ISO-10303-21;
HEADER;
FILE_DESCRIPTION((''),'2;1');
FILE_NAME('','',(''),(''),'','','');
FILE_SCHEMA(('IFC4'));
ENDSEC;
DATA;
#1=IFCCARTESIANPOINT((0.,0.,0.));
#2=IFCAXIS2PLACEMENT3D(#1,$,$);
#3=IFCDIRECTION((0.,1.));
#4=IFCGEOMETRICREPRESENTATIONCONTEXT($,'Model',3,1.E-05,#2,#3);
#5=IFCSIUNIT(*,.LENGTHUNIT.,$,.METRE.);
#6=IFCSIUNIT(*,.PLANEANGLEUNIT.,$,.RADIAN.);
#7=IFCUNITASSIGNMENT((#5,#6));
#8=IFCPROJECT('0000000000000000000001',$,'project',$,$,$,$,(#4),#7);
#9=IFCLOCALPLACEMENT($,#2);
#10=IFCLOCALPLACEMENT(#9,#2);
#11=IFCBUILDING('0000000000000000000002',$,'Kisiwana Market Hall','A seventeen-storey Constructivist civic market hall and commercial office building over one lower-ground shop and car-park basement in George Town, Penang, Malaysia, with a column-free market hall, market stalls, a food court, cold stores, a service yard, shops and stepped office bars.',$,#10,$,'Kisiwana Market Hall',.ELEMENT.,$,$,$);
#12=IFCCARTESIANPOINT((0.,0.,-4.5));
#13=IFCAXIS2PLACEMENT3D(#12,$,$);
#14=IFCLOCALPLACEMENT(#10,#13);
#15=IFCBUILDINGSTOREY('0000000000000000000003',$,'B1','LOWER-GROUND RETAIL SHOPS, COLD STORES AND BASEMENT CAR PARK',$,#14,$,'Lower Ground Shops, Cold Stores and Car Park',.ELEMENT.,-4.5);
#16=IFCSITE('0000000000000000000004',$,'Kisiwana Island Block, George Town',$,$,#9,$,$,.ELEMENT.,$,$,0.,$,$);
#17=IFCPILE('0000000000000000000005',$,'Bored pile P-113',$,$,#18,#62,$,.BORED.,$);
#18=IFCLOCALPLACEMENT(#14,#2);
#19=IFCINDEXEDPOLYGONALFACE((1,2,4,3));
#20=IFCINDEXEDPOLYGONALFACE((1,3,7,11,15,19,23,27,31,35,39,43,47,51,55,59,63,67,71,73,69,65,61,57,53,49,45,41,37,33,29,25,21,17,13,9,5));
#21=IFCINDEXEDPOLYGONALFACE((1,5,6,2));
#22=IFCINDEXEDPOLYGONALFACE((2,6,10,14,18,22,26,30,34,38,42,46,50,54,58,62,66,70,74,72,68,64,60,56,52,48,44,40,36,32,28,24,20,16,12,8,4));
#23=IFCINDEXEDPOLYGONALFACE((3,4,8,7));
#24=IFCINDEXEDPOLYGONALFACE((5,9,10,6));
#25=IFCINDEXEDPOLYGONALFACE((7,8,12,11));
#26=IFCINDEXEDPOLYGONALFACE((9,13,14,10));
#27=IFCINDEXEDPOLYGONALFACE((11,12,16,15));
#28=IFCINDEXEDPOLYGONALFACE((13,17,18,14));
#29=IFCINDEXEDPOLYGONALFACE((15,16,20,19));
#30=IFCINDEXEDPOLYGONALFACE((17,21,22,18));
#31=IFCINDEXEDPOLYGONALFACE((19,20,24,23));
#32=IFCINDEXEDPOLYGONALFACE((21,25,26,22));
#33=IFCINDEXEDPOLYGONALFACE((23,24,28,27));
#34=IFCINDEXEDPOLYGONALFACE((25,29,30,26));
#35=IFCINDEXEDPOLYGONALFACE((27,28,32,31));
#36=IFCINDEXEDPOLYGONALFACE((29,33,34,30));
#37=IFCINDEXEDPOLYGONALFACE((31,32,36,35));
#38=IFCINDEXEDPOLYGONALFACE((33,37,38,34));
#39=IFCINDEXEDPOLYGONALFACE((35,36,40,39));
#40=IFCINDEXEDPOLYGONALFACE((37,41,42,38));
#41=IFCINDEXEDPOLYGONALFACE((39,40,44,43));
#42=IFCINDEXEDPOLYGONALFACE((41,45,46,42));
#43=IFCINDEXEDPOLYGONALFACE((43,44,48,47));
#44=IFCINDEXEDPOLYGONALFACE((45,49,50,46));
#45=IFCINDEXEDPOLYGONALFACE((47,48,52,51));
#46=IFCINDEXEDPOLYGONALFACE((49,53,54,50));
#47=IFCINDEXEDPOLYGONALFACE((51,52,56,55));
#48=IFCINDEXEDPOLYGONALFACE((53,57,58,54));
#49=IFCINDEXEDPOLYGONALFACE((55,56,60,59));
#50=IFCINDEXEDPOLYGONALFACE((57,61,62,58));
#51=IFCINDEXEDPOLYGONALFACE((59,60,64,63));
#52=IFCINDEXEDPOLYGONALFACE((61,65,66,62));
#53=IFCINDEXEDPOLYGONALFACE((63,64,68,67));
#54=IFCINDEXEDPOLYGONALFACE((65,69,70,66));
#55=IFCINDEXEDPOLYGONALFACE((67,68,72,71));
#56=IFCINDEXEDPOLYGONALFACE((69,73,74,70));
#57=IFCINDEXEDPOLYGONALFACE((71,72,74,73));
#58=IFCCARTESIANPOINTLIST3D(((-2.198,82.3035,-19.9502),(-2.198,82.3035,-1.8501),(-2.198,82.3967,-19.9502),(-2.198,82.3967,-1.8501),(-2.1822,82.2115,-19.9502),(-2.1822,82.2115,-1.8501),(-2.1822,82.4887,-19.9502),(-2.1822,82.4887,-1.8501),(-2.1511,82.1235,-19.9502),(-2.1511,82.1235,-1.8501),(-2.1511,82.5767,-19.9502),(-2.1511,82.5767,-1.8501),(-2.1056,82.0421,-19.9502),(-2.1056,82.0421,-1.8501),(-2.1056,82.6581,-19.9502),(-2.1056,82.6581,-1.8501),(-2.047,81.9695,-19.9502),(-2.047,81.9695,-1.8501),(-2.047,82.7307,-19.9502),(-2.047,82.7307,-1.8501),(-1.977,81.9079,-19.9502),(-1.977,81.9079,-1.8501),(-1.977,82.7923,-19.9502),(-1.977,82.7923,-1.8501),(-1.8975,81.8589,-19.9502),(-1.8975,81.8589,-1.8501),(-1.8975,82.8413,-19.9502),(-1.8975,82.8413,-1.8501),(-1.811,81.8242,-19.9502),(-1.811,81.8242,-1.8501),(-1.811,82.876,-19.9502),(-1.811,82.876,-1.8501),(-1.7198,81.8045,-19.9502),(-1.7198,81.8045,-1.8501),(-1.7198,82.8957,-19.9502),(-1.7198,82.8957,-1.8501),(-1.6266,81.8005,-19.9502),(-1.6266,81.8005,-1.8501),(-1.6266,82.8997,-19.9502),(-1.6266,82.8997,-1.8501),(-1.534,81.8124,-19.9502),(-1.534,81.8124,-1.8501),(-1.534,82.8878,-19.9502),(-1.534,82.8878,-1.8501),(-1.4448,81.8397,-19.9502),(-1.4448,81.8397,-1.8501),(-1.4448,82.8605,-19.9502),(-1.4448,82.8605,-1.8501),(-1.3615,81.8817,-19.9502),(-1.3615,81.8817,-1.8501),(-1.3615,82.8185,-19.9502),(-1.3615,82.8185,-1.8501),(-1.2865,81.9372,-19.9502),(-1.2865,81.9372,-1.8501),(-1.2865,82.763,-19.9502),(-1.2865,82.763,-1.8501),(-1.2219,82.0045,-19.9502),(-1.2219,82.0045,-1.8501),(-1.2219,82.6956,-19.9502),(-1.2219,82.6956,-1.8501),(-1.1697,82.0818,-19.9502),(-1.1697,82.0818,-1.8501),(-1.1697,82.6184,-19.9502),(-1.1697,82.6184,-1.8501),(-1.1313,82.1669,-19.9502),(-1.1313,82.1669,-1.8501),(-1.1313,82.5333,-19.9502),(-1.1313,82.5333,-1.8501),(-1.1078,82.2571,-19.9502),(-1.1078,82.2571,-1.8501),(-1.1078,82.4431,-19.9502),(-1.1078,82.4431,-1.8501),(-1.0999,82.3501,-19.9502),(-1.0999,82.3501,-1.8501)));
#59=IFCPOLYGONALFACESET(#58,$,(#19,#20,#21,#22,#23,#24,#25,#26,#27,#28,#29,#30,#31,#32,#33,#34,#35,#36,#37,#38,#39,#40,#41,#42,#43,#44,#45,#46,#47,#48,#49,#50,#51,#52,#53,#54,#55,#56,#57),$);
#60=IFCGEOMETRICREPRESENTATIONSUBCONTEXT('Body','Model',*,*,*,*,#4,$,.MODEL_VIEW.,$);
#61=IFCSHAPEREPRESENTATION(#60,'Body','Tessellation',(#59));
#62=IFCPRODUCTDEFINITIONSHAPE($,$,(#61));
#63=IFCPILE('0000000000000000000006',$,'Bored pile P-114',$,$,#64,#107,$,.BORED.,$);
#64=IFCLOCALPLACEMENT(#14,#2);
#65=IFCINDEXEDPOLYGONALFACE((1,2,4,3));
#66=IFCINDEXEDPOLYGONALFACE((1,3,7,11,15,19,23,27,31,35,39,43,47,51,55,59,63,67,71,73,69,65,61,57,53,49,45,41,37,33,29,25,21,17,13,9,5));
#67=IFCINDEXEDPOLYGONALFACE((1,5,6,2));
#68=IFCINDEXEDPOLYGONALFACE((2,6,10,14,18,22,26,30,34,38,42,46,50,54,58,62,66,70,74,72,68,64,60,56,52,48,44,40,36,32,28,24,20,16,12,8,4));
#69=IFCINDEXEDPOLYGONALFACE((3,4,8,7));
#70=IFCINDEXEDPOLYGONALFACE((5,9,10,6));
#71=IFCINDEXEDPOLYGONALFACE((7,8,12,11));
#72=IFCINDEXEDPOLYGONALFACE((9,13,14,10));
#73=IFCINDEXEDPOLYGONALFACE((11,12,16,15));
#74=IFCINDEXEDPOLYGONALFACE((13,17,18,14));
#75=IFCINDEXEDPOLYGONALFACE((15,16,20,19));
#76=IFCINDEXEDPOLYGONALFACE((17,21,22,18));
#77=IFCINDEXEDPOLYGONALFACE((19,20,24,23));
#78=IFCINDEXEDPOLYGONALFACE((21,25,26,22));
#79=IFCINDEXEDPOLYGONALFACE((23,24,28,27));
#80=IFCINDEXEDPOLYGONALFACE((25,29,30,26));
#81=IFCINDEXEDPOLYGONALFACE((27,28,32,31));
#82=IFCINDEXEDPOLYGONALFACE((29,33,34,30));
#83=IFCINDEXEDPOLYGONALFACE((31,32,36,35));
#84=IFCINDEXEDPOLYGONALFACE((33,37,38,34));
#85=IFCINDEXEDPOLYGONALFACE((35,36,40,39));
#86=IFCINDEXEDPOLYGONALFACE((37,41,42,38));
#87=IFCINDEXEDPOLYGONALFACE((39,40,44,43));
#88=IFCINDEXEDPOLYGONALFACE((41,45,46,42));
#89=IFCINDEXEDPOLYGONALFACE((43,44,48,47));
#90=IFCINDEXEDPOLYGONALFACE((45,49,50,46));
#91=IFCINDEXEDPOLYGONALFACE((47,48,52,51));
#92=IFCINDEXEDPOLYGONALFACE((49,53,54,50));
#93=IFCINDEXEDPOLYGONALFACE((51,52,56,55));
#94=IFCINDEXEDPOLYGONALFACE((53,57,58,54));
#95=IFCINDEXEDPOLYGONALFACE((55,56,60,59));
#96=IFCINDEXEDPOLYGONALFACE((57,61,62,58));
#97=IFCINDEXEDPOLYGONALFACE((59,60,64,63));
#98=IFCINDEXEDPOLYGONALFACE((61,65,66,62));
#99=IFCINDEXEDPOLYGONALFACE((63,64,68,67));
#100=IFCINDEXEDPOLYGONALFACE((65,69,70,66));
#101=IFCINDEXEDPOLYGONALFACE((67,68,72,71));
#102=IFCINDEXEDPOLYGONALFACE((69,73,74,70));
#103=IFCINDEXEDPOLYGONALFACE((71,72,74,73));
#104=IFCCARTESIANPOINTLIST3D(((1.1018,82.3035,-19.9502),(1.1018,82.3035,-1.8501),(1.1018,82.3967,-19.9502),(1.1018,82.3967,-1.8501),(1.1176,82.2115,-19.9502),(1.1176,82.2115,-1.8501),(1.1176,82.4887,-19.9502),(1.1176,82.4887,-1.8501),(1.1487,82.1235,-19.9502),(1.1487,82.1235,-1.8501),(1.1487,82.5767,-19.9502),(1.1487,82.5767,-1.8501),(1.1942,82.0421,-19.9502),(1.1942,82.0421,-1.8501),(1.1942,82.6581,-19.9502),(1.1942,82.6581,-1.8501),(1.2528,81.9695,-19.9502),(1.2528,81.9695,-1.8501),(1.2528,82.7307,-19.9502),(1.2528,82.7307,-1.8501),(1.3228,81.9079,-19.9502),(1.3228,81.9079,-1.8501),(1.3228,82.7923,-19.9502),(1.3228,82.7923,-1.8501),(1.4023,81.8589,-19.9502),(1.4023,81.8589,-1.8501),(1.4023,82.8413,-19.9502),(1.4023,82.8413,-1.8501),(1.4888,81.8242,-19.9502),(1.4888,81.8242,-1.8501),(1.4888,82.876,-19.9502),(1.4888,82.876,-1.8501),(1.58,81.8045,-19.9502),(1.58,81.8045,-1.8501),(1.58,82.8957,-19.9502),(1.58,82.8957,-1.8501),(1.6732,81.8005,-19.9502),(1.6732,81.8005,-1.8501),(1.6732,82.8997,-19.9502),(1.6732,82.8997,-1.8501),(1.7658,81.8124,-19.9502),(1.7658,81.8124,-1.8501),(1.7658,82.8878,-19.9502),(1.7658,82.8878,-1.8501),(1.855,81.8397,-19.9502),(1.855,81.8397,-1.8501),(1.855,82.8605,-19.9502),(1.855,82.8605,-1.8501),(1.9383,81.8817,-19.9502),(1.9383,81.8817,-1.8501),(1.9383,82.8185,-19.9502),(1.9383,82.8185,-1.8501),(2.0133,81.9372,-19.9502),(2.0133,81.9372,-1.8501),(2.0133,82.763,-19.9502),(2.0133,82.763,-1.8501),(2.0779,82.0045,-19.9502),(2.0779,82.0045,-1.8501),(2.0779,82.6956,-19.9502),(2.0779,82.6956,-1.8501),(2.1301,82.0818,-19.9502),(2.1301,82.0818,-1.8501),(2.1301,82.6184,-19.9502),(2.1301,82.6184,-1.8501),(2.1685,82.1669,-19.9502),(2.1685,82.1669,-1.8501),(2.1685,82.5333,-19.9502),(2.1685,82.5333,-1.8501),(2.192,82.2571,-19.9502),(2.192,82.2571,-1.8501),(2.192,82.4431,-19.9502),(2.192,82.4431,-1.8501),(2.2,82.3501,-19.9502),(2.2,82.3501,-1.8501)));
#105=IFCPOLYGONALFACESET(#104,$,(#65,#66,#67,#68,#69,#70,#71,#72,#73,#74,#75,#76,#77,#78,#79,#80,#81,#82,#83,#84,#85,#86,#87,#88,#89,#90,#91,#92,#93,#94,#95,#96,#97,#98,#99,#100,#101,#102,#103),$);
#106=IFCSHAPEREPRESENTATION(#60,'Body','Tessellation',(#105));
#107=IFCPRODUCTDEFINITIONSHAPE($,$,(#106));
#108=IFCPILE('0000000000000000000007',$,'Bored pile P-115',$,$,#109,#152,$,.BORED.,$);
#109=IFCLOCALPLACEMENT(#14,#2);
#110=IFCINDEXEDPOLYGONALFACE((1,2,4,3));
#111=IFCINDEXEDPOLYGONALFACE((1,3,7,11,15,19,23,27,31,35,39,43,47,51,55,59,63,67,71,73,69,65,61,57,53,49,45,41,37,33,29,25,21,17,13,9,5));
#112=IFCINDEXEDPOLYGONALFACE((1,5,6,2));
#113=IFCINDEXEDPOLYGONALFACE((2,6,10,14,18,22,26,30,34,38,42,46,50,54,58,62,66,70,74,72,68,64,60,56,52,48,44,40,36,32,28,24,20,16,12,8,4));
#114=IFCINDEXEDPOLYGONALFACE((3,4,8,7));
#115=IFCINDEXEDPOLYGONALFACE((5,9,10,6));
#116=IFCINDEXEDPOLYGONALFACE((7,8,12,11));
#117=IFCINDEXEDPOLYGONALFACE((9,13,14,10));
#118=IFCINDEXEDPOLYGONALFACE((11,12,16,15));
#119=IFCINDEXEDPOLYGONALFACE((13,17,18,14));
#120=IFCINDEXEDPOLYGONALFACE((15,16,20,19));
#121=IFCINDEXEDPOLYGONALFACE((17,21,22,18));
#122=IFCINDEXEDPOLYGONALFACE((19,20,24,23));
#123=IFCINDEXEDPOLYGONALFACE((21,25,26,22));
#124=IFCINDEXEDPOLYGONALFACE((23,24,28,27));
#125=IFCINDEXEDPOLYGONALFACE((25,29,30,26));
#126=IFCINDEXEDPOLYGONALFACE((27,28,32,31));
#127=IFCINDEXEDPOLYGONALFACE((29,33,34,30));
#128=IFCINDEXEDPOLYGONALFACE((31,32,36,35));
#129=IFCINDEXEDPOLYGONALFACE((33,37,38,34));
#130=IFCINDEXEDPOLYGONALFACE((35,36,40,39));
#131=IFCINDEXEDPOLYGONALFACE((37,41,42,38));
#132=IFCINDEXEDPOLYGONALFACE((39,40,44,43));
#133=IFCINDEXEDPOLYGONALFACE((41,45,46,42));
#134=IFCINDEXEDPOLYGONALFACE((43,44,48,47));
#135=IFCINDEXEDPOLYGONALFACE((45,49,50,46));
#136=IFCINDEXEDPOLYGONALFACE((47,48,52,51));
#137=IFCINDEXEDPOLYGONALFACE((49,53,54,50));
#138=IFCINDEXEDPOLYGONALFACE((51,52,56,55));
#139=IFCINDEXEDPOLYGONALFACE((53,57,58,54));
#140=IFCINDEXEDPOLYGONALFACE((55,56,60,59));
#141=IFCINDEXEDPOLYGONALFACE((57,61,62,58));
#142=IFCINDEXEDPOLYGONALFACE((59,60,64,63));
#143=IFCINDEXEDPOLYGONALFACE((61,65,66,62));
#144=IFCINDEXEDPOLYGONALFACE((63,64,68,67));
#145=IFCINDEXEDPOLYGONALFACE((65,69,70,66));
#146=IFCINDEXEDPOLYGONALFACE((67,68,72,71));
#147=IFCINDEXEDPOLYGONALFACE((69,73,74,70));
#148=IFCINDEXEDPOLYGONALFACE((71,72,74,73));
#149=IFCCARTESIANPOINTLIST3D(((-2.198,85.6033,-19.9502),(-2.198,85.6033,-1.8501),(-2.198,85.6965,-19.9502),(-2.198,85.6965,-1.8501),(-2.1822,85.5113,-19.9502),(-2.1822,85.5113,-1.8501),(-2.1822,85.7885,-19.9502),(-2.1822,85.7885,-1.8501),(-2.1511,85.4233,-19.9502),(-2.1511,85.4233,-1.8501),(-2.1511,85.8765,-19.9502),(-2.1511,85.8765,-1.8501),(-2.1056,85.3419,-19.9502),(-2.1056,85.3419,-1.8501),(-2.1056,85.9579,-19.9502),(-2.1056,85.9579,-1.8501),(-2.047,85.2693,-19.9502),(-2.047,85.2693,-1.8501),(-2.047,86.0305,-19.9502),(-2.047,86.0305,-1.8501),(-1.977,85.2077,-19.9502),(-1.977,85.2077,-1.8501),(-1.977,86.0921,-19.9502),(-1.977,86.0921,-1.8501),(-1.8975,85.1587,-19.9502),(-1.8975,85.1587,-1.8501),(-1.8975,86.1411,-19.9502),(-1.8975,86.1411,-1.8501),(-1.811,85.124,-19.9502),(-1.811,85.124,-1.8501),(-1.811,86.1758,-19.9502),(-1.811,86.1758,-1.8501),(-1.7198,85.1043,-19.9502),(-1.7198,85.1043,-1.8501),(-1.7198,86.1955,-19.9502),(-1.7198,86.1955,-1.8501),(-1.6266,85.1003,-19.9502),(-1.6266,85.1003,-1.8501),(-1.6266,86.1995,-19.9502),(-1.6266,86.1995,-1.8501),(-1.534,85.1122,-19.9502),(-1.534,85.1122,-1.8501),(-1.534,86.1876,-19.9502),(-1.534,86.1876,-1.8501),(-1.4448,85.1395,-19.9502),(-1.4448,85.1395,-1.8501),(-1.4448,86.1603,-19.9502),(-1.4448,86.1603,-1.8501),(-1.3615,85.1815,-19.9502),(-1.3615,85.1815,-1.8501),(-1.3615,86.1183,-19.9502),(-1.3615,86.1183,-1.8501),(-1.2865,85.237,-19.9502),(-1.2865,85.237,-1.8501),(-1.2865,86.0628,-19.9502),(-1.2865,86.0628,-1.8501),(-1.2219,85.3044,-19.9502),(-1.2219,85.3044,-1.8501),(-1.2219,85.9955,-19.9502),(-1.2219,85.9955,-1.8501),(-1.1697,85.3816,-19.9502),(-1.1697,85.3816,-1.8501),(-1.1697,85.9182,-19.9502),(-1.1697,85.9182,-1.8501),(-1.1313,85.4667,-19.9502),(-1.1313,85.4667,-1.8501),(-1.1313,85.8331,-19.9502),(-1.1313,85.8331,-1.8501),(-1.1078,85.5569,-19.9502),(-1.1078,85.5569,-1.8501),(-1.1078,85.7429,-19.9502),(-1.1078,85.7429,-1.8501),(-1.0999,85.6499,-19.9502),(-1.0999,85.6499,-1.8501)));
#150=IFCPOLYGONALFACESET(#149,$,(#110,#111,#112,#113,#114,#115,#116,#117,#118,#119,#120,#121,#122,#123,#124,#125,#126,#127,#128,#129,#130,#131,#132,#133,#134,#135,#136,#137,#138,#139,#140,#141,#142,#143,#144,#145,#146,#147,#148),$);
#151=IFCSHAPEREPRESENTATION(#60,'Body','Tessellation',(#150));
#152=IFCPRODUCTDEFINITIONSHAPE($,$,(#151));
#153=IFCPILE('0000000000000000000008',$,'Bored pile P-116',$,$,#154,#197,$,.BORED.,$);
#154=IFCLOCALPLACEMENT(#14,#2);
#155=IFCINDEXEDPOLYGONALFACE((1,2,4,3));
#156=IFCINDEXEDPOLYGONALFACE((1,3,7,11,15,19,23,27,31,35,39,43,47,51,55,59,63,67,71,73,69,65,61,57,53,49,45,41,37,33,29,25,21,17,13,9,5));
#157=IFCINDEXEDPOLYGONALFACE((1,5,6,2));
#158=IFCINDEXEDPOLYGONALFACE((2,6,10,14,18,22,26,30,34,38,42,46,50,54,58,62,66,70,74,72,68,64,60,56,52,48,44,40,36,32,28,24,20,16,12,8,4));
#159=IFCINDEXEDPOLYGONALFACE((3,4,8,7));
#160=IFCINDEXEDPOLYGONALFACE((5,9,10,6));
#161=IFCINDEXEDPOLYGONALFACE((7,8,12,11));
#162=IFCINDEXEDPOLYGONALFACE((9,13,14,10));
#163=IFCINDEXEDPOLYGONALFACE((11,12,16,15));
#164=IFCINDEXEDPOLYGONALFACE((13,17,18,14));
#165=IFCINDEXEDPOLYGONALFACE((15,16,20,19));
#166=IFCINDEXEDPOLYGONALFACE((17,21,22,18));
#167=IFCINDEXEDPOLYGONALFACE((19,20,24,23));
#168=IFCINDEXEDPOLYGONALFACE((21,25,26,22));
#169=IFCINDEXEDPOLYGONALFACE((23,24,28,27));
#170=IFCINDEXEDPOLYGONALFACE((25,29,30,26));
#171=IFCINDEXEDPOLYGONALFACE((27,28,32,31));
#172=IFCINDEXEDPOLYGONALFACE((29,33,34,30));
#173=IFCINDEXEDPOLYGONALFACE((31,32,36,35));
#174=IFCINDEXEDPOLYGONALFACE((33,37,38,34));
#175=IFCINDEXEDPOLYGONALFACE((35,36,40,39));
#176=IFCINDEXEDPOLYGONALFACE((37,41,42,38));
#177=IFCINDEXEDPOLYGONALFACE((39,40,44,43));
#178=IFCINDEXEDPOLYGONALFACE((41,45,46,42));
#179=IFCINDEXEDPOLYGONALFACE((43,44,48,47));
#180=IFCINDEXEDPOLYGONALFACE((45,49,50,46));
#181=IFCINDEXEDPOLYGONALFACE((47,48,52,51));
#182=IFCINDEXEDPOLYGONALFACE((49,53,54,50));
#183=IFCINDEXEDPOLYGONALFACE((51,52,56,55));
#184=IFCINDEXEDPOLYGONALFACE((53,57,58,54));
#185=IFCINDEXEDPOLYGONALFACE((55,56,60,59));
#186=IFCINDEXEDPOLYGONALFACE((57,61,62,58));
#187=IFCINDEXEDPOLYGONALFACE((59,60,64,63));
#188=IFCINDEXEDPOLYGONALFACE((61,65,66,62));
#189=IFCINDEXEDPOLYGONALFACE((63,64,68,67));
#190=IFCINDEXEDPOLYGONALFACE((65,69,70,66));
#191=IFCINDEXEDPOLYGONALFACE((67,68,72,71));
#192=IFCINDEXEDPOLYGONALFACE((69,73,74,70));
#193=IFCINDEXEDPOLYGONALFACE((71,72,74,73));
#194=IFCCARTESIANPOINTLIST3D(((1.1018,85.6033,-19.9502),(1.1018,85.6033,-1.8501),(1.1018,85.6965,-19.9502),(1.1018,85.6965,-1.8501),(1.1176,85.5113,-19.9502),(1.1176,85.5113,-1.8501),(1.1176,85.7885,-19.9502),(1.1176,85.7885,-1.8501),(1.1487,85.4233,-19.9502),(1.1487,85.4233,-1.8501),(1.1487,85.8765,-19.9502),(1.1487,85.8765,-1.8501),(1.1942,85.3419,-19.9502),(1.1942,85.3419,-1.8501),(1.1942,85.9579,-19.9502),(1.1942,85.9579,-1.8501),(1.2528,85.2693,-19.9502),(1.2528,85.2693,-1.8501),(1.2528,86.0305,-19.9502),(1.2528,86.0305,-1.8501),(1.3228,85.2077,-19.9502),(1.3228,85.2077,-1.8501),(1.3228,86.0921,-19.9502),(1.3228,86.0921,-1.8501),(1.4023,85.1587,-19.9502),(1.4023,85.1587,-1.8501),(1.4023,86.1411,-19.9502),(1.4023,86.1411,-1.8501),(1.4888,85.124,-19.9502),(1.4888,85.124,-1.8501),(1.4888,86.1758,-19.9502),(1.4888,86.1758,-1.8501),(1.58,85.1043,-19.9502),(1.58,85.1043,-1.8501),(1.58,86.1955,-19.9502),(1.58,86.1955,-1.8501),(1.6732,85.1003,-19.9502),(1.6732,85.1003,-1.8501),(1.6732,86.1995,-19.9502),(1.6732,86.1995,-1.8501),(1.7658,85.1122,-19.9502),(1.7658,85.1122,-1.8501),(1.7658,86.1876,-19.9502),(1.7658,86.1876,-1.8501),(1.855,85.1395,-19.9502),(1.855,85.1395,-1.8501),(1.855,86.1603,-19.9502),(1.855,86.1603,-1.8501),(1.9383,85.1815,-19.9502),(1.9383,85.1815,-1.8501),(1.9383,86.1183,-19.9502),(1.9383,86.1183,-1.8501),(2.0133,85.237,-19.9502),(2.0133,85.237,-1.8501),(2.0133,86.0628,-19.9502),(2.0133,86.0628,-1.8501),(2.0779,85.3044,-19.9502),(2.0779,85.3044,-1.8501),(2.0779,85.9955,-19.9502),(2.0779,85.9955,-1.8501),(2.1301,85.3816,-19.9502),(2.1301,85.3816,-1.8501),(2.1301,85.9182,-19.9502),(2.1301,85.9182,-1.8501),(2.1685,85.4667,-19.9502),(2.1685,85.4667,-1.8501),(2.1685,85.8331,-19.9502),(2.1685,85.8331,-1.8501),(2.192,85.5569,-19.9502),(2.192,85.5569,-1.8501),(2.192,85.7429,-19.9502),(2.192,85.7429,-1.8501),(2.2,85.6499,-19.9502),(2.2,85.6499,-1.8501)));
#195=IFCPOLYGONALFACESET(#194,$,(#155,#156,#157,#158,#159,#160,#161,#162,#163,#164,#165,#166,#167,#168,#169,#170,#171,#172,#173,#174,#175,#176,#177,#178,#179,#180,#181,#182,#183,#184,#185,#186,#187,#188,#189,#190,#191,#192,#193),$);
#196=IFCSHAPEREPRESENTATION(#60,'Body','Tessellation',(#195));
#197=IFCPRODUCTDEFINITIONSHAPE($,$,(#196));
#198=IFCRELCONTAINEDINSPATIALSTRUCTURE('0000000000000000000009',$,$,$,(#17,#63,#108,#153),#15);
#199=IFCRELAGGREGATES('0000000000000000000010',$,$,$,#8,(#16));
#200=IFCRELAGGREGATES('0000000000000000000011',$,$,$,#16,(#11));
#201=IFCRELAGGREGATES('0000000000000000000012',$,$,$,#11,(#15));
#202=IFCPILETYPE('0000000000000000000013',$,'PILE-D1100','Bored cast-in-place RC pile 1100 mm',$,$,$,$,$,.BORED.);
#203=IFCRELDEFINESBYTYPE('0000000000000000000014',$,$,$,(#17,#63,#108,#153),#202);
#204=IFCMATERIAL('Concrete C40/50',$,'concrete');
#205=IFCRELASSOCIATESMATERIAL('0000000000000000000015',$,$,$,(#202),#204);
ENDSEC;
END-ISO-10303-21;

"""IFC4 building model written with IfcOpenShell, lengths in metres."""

from ifc_helpers import new_model, si_unit, direction, frame, origin, origin_2d, place, context, subcontext, project, spatial, circle, extrude, material, material_profile, profile_set, type_object, element, save


model = new_model("IFC4")

# Units and contexts
model_context = context("Model", 3, precision=1e-05, world=origin(), true_north=direction((0.0, 1.0)))
body_context = subcontext(model_context, "Body", "Model", "MODEL_VIEW")
ifc_project = project(units=[si_unit("LENGTHUNIT", "METRE"), si_unit("PLANEANGLEUNIT", "RADIAN")], contexts=[model_context])

# Site, building, storey
site_placement = place(None, origin())
site = spatial("IfcSite", under=ifc_project, at=site_placement, Name="Kisiwana Island Block, George Town", CompositionType="ELEMENT", RefElevation=0.0)
building_placement = place(site_placement, origin())
building = spatial("IfcBuilding", under=site, at=building_placement, Name="Kisiwana Market Hall", Description="A seventeen-storey Constructivist civic market hall and commercial office building over one lower-ground shop and car-park basement in George Town, Penang, Malaysia, with a column-free market hall, market stalls, a food court, cold stores, a service yard, shops and stepped office bars.", LongName="Kisiwana Market Hall", CompositionType="ELEMENT")
storey_placement = place(building_placement, frame((0.0, 0.0, -4.5)))
storey = spatial("IfcBuildingStorey", under=building, at=storey_placement, Name="B1", Description="LOWER-GROUND RETAIL SHOPS, COLD STORES AND BASEMENT CAR PARK", LongName="Lower Ground Shops, Cold Stores and Car Park", CompositionType="ELEMENT", Elevation=-4.5)

# Piles
ifc_material_1 = material(Name="Concrete C40/50", Category="concrete")
ifc_material_profile_1 = material_profile(ifc_material_1, circle(Radius=0.55, at=origin_2d()), Name="BP D1100")
ifc_profile_set_1 = profile_set([ifc_material_profile_1], Name="Concrete C40/50")
pile_type_1 = type_object("IfcPileType", Name="PILE-D1100", Description="Bored cast-in-place RC pile 1100 mm", PredefinedType="BORED", material=ifc_profile_set_1)
for number, where, z_axis, x_axis, name in (
    (1, (-1.6499, 82.3501, -1.8501), (0.0, 0.0, -1.0), (1.0, 0.0, 0.0), "Bored pile P-113"),
    (2, (1.6499, 82.3501, -1.8501), (0.0, 0.0, -1.0), (1.0, 0.0, 0.0), "Bored pile P-114"),
    (3, (-1.6499, 85.6499, -1.8501), (0.0, 0.0, -1.0), (1.0, 0.0, 0.0), "Bored pile P-115"),
    (4, (1.6499, 85.6499, -1.8501), (0.0, 0.0, -1.0), (1.0, 0.0, 0.0), "Bored pile P-116"),
):
    element("IfcPile", number, at=place(storey_placement, frame(where, z_axis=z_axis, x_axis=x_axis)), inside=storey, type_object=pile_type_1, Name=name, PredefinedType="BORED", context=body_context, shape_type="SweptSolid", body=[
        extrude(circle(Radius=0.55, at=origin_2d()), origin(), (0.0, 0.0, 1.0), 18.1001),
    ])

save(model, "model.ifc")
